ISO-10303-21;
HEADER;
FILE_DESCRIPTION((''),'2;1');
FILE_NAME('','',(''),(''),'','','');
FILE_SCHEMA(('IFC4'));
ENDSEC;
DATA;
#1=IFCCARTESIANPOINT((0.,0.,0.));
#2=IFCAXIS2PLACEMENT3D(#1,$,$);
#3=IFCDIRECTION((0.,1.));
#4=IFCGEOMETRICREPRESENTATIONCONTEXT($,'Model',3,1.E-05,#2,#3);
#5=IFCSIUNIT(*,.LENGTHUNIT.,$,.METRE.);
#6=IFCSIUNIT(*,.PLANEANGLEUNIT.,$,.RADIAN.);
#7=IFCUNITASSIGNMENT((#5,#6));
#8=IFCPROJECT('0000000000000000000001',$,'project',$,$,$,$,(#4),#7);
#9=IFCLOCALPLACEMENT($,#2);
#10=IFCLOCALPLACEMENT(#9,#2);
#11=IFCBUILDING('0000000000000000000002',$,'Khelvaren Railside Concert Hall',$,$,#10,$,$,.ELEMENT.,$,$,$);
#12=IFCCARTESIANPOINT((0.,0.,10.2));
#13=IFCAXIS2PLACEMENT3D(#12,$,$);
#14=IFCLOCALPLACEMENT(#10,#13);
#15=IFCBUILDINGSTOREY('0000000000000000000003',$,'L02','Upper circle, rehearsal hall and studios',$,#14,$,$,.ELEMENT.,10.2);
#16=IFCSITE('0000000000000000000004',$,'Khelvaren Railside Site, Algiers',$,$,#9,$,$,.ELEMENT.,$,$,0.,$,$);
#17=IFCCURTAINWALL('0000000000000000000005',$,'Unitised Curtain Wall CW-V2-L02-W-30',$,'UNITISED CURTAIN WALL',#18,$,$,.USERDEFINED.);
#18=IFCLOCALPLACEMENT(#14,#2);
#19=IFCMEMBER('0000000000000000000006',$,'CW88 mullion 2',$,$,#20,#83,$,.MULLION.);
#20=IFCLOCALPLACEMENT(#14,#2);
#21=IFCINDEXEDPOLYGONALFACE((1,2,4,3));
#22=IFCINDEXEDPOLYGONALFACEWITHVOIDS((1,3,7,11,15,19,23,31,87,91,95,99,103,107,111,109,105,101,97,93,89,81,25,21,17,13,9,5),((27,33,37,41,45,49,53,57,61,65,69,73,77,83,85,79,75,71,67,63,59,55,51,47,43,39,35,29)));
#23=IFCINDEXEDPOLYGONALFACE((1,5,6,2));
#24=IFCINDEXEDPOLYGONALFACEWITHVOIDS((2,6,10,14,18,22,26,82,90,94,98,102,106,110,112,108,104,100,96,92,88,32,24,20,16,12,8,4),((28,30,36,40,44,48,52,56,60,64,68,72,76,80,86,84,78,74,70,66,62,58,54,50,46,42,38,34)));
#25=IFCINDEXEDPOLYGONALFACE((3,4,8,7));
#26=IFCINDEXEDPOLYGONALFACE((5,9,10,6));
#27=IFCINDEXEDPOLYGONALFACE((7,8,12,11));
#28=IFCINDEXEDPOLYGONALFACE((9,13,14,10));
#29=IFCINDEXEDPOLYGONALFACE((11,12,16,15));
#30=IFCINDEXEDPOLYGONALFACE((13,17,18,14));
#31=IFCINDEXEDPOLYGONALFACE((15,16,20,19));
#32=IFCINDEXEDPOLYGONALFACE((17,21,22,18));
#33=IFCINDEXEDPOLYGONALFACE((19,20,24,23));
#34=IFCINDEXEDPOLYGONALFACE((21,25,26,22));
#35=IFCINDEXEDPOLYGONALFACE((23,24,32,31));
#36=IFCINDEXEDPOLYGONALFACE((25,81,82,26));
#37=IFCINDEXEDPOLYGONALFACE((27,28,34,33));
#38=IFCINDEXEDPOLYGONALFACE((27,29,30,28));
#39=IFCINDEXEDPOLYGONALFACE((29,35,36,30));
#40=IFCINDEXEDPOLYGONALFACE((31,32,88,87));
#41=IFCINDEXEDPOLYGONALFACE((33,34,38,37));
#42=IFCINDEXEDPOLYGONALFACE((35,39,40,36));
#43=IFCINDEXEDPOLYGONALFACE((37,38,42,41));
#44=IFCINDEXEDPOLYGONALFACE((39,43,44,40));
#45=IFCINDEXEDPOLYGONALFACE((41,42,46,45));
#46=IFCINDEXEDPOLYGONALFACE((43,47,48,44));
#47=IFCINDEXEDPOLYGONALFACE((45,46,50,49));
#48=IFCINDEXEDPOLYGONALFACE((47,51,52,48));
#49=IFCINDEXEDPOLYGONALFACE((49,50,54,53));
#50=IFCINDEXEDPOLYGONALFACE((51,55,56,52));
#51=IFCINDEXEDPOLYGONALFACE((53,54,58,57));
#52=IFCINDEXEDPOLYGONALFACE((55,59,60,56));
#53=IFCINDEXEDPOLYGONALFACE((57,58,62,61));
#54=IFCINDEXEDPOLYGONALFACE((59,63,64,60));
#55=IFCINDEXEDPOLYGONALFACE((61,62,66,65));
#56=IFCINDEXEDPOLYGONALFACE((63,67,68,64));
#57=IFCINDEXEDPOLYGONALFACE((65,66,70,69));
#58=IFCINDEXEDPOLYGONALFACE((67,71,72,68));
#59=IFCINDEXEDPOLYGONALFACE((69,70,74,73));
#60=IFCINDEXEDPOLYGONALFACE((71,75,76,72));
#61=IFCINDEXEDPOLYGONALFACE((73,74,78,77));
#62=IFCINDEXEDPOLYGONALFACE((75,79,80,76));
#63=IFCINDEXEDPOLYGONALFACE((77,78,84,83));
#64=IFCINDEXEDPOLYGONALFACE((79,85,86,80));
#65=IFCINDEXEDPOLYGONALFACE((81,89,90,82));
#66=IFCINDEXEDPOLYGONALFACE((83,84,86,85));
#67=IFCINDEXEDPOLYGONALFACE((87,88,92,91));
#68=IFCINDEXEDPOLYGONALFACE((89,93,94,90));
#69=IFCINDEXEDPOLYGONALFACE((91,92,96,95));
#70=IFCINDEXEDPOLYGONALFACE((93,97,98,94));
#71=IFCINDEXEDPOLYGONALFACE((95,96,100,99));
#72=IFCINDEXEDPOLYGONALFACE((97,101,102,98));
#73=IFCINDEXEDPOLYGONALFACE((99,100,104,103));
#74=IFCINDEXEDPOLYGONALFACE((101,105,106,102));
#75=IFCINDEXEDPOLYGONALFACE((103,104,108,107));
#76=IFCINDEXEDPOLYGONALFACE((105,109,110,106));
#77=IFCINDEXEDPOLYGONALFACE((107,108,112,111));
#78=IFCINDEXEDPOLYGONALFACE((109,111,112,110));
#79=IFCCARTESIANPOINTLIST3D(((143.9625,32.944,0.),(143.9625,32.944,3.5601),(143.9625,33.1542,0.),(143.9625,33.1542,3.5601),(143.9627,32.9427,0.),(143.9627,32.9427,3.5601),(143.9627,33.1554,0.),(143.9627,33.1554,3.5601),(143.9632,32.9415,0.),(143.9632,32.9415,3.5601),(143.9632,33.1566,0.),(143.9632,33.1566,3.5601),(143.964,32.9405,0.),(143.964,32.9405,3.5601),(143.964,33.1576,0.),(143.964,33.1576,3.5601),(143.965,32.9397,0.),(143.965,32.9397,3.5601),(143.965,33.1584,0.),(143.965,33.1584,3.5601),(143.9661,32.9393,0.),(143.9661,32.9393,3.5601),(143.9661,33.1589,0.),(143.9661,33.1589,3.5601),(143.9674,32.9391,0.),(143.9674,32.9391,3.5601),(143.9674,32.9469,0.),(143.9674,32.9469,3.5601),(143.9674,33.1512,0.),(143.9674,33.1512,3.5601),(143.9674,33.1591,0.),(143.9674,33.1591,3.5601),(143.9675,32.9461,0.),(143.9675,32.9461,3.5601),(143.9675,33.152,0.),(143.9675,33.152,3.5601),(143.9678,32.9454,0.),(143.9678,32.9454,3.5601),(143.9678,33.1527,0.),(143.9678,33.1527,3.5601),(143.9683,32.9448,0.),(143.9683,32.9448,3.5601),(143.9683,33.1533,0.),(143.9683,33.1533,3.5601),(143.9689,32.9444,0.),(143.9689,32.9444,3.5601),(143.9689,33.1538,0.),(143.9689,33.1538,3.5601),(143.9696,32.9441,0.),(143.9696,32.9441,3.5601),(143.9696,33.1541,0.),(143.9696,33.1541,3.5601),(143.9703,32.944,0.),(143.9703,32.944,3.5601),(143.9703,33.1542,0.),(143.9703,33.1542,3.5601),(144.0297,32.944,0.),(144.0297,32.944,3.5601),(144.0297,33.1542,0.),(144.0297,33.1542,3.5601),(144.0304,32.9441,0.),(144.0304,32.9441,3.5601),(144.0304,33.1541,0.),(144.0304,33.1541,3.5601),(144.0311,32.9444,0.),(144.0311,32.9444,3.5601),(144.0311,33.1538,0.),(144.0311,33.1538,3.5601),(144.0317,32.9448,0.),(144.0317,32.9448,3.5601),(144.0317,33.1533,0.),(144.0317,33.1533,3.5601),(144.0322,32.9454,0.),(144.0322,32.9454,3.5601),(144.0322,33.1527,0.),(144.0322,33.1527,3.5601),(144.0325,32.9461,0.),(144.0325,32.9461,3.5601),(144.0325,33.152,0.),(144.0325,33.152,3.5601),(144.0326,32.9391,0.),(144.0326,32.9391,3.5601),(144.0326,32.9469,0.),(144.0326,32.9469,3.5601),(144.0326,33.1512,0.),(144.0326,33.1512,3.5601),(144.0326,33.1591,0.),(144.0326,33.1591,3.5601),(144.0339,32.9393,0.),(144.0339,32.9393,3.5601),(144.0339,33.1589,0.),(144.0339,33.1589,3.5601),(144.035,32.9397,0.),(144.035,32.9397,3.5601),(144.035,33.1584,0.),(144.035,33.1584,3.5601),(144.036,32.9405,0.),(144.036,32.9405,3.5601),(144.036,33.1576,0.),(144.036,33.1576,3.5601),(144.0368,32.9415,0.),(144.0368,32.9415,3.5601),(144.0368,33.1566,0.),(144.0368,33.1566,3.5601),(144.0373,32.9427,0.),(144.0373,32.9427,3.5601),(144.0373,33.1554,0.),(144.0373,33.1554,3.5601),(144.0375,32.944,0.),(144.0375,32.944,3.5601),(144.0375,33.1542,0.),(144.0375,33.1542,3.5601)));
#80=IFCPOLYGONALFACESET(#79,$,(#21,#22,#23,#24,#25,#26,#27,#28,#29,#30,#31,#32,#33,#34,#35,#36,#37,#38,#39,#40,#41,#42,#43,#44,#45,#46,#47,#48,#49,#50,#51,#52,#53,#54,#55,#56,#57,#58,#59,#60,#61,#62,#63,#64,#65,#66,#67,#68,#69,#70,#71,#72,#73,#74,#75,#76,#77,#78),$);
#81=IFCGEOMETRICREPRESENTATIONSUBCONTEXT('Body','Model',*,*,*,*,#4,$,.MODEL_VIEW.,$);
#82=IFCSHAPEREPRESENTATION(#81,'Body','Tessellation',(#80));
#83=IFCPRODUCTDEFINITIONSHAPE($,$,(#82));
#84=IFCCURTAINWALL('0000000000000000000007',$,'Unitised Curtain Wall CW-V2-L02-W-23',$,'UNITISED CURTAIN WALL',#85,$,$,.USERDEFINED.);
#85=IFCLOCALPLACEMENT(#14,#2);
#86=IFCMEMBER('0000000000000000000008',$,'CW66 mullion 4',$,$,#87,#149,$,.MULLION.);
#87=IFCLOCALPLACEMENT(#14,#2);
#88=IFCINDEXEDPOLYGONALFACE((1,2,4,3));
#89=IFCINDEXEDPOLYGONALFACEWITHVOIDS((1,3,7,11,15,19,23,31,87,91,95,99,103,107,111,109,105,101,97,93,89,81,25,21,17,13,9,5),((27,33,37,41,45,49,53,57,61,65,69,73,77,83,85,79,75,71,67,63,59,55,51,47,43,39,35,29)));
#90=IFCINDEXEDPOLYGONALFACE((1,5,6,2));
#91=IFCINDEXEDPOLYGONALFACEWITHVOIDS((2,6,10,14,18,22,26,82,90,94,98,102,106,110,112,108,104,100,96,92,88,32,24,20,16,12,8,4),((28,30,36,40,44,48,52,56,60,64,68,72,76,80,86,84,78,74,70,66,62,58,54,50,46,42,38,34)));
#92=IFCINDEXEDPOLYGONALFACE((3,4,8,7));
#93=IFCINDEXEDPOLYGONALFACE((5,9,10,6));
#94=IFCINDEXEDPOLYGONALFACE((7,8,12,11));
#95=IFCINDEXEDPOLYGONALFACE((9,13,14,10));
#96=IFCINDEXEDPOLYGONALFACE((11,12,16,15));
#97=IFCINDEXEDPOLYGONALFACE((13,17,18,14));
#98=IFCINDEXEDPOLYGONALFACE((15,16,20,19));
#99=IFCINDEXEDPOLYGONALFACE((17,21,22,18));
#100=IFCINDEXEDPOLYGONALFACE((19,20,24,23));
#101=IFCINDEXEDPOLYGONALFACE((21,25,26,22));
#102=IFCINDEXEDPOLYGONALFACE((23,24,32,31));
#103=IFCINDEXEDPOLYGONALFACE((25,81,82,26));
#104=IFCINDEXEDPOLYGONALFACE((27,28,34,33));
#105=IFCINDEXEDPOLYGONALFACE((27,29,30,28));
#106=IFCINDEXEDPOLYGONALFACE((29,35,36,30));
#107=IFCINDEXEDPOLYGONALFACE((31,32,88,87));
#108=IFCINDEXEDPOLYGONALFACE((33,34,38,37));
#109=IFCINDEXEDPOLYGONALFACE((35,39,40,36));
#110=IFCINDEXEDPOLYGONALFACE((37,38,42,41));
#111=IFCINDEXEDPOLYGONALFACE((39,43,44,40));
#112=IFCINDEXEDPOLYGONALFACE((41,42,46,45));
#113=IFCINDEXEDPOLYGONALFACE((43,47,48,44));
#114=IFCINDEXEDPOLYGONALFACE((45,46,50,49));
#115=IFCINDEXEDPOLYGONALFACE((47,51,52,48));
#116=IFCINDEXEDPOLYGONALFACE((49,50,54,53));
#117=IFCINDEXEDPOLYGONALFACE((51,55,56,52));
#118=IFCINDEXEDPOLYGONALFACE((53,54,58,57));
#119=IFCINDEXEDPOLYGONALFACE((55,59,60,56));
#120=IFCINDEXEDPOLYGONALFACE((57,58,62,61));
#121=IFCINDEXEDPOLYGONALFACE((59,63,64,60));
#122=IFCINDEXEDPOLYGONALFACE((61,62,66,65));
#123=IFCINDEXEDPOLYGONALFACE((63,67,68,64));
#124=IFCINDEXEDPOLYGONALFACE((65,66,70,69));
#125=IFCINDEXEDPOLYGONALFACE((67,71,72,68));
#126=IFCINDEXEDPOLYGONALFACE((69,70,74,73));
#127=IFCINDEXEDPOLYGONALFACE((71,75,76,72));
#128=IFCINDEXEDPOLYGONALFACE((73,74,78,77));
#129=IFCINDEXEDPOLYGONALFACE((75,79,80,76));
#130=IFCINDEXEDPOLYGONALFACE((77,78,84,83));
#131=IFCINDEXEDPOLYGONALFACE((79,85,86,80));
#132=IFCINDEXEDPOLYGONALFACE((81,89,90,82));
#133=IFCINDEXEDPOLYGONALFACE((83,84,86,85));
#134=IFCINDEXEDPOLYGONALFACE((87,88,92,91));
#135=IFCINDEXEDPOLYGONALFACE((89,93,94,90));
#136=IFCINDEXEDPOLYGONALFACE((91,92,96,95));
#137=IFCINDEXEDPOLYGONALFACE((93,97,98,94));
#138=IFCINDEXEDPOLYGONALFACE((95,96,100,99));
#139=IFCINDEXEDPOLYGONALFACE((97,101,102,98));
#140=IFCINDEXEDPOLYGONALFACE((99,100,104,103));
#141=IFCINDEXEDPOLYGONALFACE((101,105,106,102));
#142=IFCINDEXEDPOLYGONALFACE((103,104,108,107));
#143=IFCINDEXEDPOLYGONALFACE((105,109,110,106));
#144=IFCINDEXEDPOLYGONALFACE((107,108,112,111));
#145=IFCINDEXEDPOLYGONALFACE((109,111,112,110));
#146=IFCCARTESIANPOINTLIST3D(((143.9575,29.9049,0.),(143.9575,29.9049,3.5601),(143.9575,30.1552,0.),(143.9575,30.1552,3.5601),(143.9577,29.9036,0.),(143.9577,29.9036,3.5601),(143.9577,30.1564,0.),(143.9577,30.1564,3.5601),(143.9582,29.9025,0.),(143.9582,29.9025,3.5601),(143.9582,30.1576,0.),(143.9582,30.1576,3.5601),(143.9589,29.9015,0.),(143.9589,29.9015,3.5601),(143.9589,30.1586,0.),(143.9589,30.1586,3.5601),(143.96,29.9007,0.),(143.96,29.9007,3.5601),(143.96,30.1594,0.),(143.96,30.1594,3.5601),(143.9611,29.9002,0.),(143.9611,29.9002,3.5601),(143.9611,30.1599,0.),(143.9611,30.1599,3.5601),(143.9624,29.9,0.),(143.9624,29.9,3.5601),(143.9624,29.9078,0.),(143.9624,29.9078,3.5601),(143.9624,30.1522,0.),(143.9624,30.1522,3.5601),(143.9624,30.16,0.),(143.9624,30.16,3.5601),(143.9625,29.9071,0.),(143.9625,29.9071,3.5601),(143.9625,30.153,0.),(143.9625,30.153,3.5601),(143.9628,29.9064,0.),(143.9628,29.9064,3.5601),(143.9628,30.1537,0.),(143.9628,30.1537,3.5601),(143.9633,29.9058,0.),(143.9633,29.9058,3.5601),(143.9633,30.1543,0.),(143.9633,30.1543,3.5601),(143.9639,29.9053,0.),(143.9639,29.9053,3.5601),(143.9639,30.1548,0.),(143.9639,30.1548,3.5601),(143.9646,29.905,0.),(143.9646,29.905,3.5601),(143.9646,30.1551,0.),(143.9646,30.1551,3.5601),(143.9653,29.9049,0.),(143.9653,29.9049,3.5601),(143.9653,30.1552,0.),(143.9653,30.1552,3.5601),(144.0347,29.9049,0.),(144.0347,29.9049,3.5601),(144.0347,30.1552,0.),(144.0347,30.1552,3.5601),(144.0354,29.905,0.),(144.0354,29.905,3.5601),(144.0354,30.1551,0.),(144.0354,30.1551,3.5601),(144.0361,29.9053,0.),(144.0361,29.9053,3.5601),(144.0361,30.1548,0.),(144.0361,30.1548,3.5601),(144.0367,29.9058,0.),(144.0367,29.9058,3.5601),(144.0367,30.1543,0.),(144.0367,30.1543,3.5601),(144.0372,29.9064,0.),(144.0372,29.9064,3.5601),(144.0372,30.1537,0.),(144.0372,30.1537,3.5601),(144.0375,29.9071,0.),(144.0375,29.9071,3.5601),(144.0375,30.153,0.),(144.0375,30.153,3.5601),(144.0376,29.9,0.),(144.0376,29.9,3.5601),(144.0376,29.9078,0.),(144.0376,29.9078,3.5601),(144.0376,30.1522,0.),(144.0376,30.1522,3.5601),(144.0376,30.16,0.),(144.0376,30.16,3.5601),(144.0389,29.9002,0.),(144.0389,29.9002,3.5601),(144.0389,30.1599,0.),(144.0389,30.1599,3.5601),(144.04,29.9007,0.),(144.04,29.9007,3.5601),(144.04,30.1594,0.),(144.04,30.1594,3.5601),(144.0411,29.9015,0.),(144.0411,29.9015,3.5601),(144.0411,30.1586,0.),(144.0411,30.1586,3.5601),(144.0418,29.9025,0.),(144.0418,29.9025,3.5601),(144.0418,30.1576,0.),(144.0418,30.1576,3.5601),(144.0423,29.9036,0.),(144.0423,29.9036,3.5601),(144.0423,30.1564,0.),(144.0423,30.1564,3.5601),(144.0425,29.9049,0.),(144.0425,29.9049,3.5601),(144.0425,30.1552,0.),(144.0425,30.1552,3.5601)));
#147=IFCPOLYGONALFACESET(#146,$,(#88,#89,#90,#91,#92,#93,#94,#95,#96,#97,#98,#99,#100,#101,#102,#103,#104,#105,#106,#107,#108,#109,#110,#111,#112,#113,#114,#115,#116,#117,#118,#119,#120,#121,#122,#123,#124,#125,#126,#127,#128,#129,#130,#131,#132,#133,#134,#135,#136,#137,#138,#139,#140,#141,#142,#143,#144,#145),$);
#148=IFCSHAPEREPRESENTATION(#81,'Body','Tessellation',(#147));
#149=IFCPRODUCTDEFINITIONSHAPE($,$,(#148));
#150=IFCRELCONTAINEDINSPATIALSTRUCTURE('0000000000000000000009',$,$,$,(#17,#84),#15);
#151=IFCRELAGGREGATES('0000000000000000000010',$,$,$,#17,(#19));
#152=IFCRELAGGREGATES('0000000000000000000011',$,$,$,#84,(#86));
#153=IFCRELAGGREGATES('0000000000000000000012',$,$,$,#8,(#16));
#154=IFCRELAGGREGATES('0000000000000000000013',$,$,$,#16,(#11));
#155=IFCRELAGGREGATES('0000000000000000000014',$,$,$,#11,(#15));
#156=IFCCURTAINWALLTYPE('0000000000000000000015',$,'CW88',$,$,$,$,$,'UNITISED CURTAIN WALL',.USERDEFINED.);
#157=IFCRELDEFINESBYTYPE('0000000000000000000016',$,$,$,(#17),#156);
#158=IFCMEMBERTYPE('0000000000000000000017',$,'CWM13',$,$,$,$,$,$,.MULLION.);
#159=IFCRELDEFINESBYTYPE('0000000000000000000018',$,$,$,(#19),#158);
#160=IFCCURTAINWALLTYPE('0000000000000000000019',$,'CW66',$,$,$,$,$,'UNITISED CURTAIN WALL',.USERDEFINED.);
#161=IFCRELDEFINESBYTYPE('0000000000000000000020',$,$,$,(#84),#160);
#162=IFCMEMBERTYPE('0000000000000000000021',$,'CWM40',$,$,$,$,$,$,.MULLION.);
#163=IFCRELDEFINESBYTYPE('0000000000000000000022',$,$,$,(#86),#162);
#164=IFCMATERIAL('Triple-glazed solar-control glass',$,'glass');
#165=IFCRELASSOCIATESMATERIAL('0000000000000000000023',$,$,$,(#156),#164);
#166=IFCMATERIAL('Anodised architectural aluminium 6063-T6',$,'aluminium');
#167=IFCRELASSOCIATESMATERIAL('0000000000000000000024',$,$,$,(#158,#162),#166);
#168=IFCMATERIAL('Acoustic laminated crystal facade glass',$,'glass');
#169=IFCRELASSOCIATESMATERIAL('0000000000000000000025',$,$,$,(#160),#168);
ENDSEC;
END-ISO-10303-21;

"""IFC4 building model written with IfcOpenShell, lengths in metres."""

from ifc_helpers import new_model, si_unit, direction, frame, origin, origin_2d, place, context, subcontext, project, spatial, hollow_rectangle, extrude, material, material_profile, profile_set, type_object, element, aggregate, save


model = new_model("IFC4")

# Units and contexts
model_context = context("Model", 3, precision=1e-05, world=origin(), true_north=direction((0.0, 1.0)))
body_context = subcontext(model_context, "Body", "Model", "MODEL_VIEW")
ifc_project = project(units=[si_unit("LENGTHUNIT", "METRE"), si_unit("PLANEANGLEUNIT", "RADIAN")], contexts=[model_context])

# Site, building, storey
site_placement = place(None, origin())
site = spatial("IfcSite", under=ifc_project, at=site_placement, Name="Khelvaren Railside Site, Algiers", CompositionType="ELEMENT", RefElevation=0.0)
building_placement = place(site_placement, origin())
building = spatial("IfcBuilding", under=site, at=building_placement, Name="Khelvaren Railside Concert Hall", CompositionType="ELEMENT")
storey_placement = place(building_placement, frame((0.0, 0.0, 10.2)))
storey = spatial("IfcBuildingStorey", under=building, at=storey_placement, Name="L02", Description="Upper circle, rehearsal hall and studios", CompositionType="ELEMENT", Elevation=10.2)

# Curtain walls, members
ifc_material_1 = material(Name="Triple-glazed solar-control glass", Category="glass")
curtain_wall_type_1 = type_object("IfcCurtainWallType", Name="CW88", ElementType="UNITISED CURTAIN WALL", PredefinedType="USERDEFINED", material=ifc_material_1)
curtain_wall_1_placement = place(storey_placement, origin())
curtain_wall_1 = element("IfcCurtainWall", 1, at=curtain_wall_1_placement, inside=storey, type_object=curtain_wall_type_1, Name="Unitised Curtain Wall CW-V2-L02-W-30", ObjectType="UNITISED CURTAIN WALL", PredefinedType="USERDEFINED")
ifc_material_2 = material(Name="Anodised architectural aluminium 6063-T6", Category="aluminium")
ifc_material_profile_1 = material_profile(ifc_material_2, hollow_rectangle(XDim=0.075, YDim=0.22, WallThickness=0.0049, InnerFilletRadius=0.0029, OuterFilletRadius=0.0049, at=origin_2d()), Name="CWM 75x220x5")
ifc_profile_set_1 = profile_set([ifc_material_profile_1], Name="Anodised architectural aluminium 6063-T6")
member_type_1 = type_object("IfcMemberType", Name="CWM13", PredefinedType="MULLION", material=ifc_profile_set_1)
member_1_placement = place(storey_placement, frame((144.0, 33.0491, 0.0), z_axis=(0.0, 0.0, 1.0), x_axis=(-1.0, 0.0, 0.0)))
member_1 = element("IfcMember", 2, at=member_1_placement, type_object=member_type_1, Name="CW88 mullion 2", PredefinedType="MULLION", context=body_context, shape_type="SweptSolid", body=[
    extrude(hollow_rectangle(XDim=0.075, YDim=0.22, WallThickness=0.0049, InnerFilletRadius=0.0029, OuterFilletRadius=0.0049, at=origin_2d()), origin(), (0.0, 0.0, 1.0), 3.5601),
])
ifc_material_3 = material(Name="Acoustic laminated crystal facade glass", Category="glass")
curtain_wall_type_2 = type_object("IfcCurtainWallType", Name="CW66", ElementType="UNITISED CURTAIN WALL", PredefinedType="USERDEFINED", material=ifc_material_3)
curtain_wall_2_placement = place(storey_placement, origin())
curtain_wall_2 = element("IfcCurtainWall", 3, at=curtain_wall_2_placement, inside=storey, type_object=curtain_wall_type_2, Name="Unitised Curtain Wall CW-V2-L02-W-23", ObjectType="UNITISED CURTAIN WALL", PredefinedType="USERDEFINED")
ifc_material_profile_2 = material_profile(ifc_material_2, hollow_rectangle(XDim=0.085, YDim=0.26, WallThickness=0.0049, InnerFilletRadius=0.0029, OuterFilletRadius=0.0049, at=origin_2d()), Name="CWM 85x260x5")
ifc_profile_set_2 = profile_set([ifc_material_profile_2], Name="Anodised architectural aluminium 6063-T6")
member_type_2 = type_object("IfcMemberType", Name="CWM40", PredefinedType="MULLION", material=ifc_profile_set_2)
member_2_placement = place(storey_placement, frame((144.0, 30.03, 0.0), z_axis=(0.0, 0.0, 1.0), x_axis=(-1.0, 0.0, 0.0)))
member_2 = element("IfcMember", 4, at=member_2_placement, type_object=member_type_2, Name="CW66 mullion 4", PredefinedType="MULLION", context=body_context, shape_type="SweptSolid", body=[
    extrude(hollow_rectangle(XDim=0.085, YDim=0.26, WallThickness=0.0049, InnerFilletRadius=0.0029, OuterFilletRadius=0.0049, at=origin_2d()), origin(), (0.0, 0.0, 1.0), 3.5601),
])

aggregate(curtain_wall_1, [member_1])
aggregate(curtain_wall_2, [member_2])

save(model, "model.ifc")
